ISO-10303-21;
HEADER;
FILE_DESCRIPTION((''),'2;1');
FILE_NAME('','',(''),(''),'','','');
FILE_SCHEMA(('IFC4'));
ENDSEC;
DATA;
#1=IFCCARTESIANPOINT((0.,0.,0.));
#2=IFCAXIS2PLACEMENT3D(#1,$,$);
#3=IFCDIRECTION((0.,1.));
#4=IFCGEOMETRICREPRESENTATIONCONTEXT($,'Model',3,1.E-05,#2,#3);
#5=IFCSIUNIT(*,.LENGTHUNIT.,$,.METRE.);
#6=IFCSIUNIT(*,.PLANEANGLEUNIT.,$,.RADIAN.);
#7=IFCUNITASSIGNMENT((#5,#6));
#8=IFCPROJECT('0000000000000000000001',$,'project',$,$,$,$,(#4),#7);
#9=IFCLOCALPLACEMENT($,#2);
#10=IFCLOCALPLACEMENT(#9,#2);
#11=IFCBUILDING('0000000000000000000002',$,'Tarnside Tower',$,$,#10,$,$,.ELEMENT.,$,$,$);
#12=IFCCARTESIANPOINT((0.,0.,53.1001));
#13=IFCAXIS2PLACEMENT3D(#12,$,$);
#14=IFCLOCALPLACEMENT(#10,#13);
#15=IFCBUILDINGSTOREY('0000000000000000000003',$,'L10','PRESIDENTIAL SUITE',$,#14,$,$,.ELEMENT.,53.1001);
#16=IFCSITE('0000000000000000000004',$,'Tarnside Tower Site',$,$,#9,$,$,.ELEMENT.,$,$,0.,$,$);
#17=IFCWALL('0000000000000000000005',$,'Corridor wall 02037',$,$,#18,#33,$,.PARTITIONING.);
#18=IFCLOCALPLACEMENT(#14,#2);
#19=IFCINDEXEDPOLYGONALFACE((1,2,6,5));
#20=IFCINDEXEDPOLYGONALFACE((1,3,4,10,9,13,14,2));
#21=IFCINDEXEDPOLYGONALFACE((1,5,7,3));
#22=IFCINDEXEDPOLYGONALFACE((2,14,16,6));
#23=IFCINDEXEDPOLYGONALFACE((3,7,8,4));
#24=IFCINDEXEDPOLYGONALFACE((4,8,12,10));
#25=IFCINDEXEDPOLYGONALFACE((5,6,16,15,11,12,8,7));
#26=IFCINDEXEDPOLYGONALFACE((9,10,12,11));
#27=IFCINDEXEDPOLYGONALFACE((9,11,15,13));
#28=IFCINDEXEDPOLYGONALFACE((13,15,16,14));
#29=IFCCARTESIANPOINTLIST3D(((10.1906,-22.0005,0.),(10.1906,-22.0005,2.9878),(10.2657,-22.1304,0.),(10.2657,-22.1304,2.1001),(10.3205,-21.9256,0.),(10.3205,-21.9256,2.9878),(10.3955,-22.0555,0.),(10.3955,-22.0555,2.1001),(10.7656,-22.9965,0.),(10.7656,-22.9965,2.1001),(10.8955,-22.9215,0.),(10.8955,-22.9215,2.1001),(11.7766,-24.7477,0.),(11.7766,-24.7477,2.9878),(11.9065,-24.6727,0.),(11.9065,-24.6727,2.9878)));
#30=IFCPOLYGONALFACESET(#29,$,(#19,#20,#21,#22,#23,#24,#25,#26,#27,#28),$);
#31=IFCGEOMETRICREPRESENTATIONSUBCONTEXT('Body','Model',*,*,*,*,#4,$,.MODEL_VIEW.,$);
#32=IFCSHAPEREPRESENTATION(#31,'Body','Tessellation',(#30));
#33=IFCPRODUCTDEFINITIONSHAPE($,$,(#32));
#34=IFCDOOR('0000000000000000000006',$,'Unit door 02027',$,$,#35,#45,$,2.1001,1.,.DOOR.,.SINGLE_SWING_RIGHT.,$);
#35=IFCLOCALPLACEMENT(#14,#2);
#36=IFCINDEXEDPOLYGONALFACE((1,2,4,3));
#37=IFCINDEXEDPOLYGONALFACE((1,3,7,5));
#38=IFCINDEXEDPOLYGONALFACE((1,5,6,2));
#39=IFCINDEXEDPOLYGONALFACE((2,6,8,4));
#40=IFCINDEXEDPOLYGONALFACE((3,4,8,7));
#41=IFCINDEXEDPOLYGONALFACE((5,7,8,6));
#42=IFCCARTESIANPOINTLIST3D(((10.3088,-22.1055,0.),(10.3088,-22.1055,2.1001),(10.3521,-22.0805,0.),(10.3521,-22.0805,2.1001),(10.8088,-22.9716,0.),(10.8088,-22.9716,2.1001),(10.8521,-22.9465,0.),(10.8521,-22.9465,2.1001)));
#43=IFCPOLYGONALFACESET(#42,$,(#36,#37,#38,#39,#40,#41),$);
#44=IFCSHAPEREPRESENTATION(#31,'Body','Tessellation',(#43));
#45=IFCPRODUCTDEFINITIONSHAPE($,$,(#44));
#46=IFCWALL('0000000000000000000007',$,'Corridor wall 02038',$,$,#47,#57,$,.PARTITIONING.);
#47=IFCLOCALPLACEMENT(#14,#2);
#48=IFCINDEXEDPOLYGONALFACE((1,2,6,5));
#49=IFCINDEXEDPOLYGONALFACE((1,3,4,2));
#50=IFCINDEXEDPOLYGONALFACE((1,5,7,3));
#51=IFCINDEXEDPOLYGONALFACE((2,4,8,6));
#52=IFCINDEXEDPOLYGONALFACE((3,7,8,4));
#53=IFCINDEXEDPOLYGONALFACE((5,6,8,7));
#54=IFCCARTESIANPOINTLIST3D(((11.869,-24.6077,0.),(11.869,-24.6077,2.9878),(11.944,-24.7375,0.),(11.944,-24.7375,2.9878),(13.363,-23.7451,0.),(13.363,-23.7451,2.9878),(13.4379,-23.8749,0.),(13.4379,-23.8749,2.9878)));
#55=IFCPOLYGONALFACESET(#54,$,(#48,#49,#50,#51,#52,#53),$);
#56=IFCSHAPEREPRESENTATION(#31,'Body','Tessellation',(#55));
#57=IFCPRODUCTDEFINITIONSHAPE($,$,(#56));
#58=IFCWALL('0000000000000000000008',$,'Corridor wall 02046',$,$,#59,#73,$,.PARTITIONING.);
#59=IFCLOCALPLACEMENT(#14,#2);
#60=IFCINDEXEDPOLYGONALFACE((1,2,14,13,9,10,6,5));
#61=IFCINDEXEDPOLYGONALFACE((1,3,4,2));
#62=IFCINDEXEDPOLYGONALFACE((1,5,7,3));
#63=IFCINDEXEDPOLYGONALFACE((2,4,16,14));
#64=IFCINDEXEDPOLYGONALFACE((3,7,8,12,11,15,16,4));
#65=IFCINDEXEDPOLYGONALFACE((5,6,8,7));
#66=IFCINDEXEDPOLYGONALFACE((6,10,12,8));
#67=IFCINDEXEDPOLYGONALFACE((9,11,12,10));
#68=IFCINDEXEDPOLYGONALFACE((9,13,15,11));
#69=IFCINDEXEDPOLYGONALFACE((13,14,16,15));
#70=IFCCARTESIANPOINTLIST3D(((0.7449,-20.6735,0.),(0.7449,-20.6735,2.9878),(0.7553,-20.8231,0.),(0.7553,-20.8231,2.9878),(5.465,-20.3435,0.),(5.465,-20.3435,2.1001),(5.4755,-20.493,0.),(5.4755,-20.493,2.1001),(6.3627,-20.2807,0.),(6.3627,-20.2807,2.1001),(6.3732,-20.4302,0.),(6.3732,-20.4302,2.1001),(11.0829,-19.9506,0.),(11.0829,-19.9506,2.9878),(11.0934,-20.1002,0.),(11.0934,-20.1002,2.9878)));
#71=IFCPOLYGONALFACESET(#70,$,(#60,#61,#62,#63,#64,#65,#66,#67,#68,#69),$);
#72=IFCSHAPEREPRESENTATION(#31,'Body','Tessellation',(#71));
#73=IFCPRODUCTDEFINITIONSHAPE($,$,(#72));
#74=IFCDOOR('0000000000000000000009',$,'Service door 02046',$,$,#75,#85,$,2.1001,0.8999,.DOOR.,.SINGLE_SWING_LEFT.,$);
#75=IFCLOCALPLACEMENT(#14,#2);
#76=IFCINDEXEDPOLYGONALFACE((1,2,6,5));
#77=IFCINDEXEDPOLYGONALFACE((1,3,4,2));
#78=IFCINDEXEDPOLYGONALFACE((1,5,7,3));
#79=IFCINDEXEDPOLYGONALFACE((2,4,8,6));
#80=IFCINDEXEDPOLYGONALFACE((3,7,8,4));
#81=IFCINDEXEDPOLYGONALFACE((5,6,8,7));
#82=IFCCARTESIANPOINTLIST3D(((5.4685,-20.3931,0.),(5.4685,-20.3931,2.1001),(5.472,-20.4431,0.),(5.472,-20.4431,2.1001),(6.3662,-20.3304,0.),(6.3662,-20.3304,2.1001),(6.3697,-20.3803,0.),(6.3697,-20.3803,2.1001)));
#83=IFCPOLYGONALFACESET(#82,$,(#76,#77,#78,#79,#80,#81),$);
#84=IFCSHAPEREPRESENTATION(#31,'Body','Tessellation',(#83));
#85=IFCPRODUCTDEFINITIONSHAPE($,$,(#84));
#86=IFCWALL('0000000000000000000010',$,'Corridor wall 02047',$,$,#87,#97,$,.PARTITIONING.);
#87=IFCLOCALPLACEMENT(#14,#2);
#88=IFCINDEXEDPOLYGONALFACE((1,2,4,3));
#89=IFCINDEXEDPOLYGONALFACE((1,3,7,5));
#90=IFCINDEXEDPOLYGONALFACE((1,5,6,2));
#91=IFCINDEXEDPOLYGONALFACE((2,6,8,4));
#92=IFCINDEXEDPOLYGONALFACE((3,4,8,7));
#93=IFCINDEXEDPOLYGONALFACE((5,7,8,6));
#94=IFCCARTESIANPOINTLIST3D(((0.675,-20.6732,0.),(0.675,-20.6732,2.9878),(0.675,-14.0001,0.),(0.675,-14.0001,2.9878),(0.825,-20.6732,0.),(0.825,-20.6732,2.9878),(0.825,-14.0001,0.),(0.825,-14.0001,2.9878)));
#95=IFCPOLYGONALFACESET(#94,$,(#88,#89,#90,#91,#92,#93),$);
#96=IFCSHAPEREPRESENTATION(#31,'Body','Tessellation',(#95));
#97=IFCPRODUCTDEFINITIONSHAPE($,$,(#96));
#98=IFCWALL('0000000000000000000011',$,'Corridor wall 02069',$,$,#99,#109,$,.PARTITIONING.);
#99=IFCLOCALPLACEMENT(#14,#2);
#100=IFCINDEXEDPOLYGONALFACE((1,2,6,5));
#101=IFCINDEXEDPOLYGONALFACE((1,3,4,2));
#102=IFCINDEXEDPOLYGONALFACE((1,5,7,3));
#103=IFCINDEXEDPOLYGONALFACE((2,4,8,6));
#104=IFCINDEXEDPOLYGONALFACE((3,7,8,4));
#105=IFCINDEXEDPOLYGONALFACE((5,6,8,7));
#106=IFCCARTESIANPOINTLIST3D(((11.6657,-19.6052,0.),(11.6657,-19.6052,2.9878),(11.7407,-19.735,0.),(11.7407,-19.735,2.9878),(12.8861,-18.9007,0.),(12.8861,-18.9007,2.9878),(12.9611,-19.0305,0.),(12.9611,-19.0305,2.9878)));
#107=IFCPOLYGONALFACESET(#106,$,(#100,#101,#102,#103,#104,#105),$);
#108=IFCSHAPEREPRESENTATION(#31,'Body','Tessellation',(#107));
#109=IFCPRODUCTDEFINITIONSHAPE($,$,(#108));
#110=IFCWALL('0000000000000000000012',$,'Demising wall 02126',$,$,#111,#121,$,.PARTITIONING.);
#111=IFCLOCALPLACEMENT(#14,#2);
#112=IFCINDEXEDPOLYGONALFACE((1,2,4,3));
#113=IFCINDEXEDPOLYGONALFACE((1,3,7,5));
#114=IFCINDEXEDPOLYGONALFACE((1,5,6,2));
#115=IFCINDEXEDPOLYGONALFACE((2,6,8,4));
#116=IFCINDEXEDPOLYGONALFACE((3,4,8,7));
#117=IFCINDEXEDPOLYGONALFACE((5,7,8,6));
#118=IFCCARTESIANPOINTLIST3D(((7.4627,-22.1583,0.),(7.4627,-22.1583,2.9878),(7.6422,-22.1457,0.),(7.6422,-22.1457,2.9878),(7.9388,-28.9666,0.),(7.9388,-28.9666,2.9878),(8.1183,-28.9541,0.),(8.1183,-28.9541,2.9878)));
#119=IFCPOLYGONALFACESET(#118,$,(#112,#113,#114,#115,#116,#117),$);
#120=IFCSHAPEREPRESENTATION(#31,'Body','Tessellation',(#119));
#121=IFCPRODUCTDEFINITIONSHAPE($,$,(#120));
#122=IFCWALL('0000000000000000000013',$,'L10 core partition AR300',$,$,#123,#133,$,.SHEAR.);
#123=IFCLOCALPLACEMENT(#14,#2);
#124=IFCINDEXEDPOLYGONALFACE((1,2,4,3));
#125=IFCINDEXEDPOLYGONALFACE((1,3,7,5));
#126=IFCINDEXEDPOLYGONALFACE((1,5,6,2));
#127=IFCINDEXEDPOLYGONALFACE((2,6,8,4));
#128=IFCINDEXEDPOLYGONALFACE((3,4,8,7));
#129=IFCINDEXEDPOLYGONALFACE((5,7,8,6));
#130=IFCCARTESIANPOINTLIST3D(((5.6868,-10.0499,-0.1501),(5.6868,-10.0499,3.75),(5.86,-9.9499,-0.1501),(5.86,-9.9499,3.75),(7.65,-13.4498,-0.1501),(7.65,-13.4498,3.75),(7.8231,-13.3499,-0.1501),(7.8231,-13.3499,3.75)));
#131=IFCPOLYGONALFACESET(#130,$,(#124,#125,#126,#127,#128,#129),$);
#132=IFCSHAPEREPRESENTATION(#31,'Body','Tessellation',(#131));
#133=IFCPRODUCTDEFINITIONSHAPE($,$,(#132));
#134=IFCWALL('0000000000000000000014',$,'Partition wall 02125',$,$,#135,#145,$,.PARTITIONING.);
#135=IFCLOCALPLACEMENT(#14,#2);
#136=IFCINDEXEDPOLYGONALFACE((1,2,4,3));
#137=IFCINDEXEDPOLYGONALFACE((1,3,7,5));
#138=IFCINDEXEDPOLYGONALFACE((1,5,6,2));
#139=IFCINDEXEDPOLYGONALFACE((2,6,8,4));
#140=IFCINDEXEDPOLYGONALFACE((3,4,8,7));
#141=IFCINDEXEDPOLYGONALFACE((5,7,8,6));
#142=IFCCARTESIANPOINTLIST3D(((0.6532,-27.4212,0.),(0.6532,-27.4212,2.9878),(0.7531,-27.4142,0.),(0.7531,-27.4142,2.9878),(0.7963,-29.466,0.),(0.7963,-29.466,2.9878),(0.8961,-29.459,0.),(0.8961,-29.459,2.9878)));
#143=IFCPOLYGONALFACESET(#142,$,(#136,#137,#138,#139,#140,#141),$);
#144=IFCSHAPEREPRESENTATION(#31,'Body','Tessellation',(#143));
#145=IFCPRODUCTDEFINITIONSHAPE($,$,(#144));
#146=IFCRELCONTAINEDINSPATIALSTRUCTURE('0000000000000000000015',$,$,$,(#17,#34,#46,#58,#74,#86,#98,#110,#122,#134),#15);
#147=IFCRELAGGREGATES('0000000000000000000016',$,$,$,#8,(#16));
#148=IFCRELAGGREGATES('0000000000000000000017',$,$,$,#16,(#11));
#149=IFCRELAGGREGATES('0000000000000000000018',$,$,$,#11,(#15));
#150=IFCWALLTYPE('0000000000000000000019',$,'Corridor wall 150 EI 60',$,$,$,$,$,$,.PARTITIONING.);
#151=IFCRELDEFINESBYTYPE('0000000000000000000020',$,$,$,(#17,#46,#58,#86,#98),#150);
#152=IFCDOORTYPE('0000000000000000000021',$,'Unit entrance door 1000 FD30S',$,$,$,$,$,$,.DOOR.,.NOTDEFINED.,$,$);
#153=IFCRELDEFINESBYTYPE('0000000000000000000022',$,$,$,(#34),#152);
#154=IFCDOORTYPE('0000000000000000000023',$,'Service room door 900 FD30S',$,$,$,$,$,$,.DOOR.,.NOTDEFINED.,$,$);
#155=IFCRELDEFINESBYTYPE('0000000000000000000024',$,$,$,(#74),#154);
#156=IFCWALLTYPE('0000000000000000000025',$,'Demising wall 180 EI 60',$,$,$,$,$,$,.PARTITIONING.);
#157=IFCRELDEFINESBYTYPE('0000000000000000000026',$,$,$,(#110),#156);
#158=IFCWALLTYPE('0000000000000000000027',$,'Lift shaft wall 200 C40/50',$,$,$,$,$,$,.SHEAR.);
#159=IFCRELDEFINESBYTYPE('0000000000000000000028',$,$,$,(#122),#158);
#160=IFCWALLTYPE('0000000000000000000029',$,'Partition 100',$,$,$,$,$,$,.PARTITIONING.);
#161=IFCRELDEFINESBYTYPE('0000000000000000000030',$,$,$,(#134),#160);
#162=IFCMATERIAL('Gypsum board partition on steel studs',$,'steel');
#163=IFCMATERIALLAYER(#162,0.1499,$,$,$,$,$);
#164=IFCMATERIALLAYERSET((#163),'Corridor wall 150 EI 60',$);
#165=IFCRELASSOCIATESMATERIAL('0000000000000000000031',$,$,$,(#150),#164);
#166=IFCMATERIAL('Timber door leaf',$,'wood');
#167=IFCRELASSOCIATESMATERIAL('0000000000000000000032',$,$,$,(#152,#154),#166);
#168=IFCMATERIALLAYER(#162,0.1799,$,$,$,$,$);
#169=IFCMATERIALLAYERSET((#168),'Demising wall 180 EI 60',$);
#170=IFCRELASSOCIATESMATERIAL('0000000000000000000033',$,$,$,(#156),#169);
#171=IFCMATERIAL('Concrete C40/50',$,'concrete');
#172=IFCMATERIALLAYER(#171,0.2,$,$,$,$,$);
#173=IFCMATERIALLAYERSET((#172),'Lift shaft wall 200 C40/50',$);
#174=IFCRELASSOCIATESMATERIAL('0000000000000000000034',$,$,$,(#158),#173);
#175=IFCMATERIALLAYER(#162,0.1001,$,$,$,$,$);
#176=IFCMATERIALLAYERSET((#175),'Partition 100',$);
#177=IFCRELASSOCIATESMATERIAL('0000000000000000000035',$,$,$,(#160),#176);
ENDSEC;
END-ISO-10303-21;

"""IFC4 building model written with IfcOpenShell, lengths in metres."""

from ifc_helpers import new_model, si_unit, direction, frame, frame_2d, origin, place, context, subcontext, project, spatial, rectangle, extrude, material, layer, layer_set, type_object, element, fill, save


model = new_model("IFC4")

# Units and contexts
model_context = context("Model", 3, precision=1e-05, world=origin(), true_north=direction((0.0, 1.0)))
body_context = subcontext(model_context, "Body", "Model", "MODEL_VIEW")
ifc_project = project(units=[si_unit("LENGTHUNIT", "METRE"), si_unit("PLANEANGLEUNIT", "RADIAN")], contexts=[model_context])

# Site, building, storey
site_placement = place(None, origin())
site = spatial("IfcSite", under=ifc_project, at=site_placement, Name="Tarnside Tower Site", CompositionType="ELEMENT", RefElevation=0.0)
building_placement = place(site_placement, origin())
building = spatial("IfcBuilding", under=site, at=building_placement, Name="Tarnside Tower", CompositionType="ELEMENT")
storey_placement = place(building_placement, frame((0.0, 0.0, 53.1001)))
storey = spatial("IfcBuildingStorey", under=building, at=storey_placement, Name="L10", Description="PRESIDENTIAL SUITE", CompositionType="ELEMENT", Elevation=53.1001)

# Shared definitions
ifc_material_1 = material(Name="Gypsum board partition on steel studs", Category="steel")

# Wall, opening, door
ifc_material_2 = material(Name="Timber door leaf", Category="wood")
ifc_layer_1 = layer(ifc_material_1, 0.1499)
ifc_layer_set_1 = layer_set([ifc_layer_1], Name="Corridor wall 150 EI 60")
wall_type_1 = type_object("IfcWallType", Name="Corridor wall 150 EI 60", PredefinedType="PARTITIONING", material=ifc_layer_set_1)
wall_1_placement = place(storey_placement, frame((10.2556, -21.9631, 0.0), z_axis=(0.0, 0.0, 1.0), x_axis=(0.49998, -0.866037, 0.0)))
wall_1 = element("IfcWall", 1, at=wall_1_placement, inside=storey, type_object=wall_type_1, Name="Corridor wall 02037", PredefinedType="PARTITIONING", context=body_context, shape_type="SweptSolid", body=[
    extrude(rectangle(XDim=3.1721, YDim=0.1499, at=frame_2d((1.5859, 0.0))), origin(), (0.0, 0.0, 1.0), 2.9878),
])
opening_1_placement = place(wall_1_placement, frame((0.1499, 0.0, 0.0)))
opening_1 = element("IfcOpeningElement", 2, at=opening_1_placement, cuts=wall_1, PredefinedType="OPENING", context=body_context, shape_type="SweptSolid", body=[
    extrude(rectangle(XDim=1.0, YDim=2.1001, at=frame_2d((0.5, 1.05))), frame((0.0, 0.085, 0.0), z_axis=(0.0, -1.0, 0.0), x_axis=(1.0, 0.0, 0.0)), (0.0, 0.0, 1.0), 0.1699),
])
door_type_1 = type_object("IfcDoorType", Name="Unit entrance door 1000 FD30S", OperationType="NOTDEFINED", PredefinedType="DOOR", material=ifc_material_2)
door_1_placement = place(opening_1_placement, origin())
door_1 = element("IfcDoor", 3, at=door_1_placement, inside=storey, type_object=door_type_1, Name="Unit door 02027", OperationType="SINGLE_SWING_RIGHT", OverallHeight=2.1001, OverallWidth=1.0, PredefinedType="DOOR", context=body_context, shape_type="SweptSolid", body=[
    extrude(rectangle(XDim=1.0, YDim=2.1001, at=frame_2d((0.5, 1.05))), frame((0.0, 0.0249, 0.0), z_axis=(0.0, -1.0, 0.0), x_axis=(1.0, 0.0, 0.0)), (0.0, 0.0, 1.0), 0.05),
])
fill(opening_1, door_1)

# Wall
wall_2_placement = place(storey_placement, frame((11.9065, -24.6726, 0.0), z_axis=(0.0, 0.0, 1.0), x_axis=(0.866014, 0.500021, 0.0)))
element("IfcWall", 4, at=wall_2_placement, inside=storey, type_object=wall_type_1, Name="Corridor wall 02038", PredefinedType="PARTITIONING", context=body_context, shape_type="SweptSolid", body=[
    extrude(rectangle(XDim=1.7251, YDim=0.1499, at=frame_2d((0.8625, 0.0))), origin(), (0.0, 0.0, 1.0), 2.9878),
])

# Wall, opening, door
wall_3_placement = place(storey_placement, frame((11.0881, -20.0254, 0.0), z_axis=(0.0, 0.0, 1.0), x_axis=(-0.997564, -0.069755, 0.0)))
wall_3 = element("IfcWall", 5, at=wall_3_placement, inside=storey, type_object=wall_type_1, Name="Corridor wall 02046", PredefinedType="PARTITIONING", context=body_context, shape_type="SweptSolid", body=[
    extrude(rectangle(XDim=10.3633, YDim=0.1499, at=frame_2d((5.1816, 0.0))), origin(), (0.0, 0.0, 1.0), 2.9878),
])
opening_2_placement = place(wall_3_placement, frame((4.7317, 0.0, 0.0)))
opening_2 = element("IfcOpeningElement", 6, at=opening_2_placement, cuts=wall_3, PredefinedType="OPENING", context=body_context, shape_type="SweptSolid", body=[
    extrude(rectangle(XDim=0.8999, YDim=2.1001, at=frame_2d((0.45, 1.05))), frame((0.0, 0.085, 0.0), z_axis=(0.0, -1.0, 0.0), x_axis=(1.0, 0.0, 0.0)), (0.0, 0.0, 1.0), 0.1699),
])
door_type_2 = type_object("IfcDoorType", Name="Service room door 900 FD30S", OperationType="NOTDEFINED", PredefinedType="DOOR", material=ifc_material_2)
door_2_placement = place(opening_2_placement, origin())
door_2 = element("IfcDoor", 7, at=door_2_placement, inside=storey, type_object=door_type_2, Name="Service door 02046", OperationType="SINGLE_SWING_LEFT", OverallHeight=2.1001, OverallWidth=0.8999, PredefinedType="DOOR", context=body_context, shape_type="SweptSolid", body=[
    extrude(rectangle(XDim=0.8999, YDim=2.1001, at=frame_2d((0.45, 1.05))), frame((0.0, 0.0249, 0.0), z_axis=(0.0, -1.0, 0.0), x_axis=(1.0, 0.0, 0.0)), (0.0, 0.0, 1.0), 0.05),
])
fill(opening_2, door_2)

# Walls
wall_4_placement = place(storey_placement, frame((0.75, -20.6731, 0.0), z_axis=(0.0, 0.0, 1.0), x_axis=(0.0, 1.0, 0.0)))
element("IfcWall", 8, at=wall_4_placement, inside=storey, type_object=wall_type_1, Name="Corridor wall 02047", PredefinedType="PARTITIONING", context=body_context, shape_type="SweptSolid", body=[
    extrude(rectangle(XDim=6.6731, YDim=0.1499, at=frame_2d((3.3364, 0.0))), origin(), (0.0, 0.0, 1.0), 2.9878),
])
wall_5_placement = place(storey_placement, frame((12.9236, -18.9656, 0.0), z_axis=(0.0, 0.0, 1.0), x_axis=(-0.866038, -0.499977, 0.0)))
element("IfcWall", 9, at=wall_5_placement, inside=storey, type_object=wall_type_1, Name="Corridor wall 02069", PredefinedType="PARTITIONING", context=body_context, shape_type="SweptSolid", body=[
    extrude(rectangle(XDim=1.4092, YDim=0.1499, at=frame_2d((0.7046, 0.0))), origin(), (0.0, 0.0, 1.0), 2.9878),
])
ifc_layer_2 = layer(ifc_material_1, 0.1799)
ifc_layer_set_2 = layer_set([ifc_layer_2], Name="Demising wall 180 EI 60")
wall_type_2 = type_object("IfcWallType", Name="Demising wall 180 EI 60", PredefinedType="PARTITIONING", material=ifc_layer_set_2)
wall_6_placement = place(storey_placement, frame((8.0286, -28.9604, 0.0), z_axis=(0.0, 0.0, 1.0), x_axis=(-0.069755, 0.997564, 0.0)))
element("IfcWall", 10, at=wall_6_placement, inside=storey, type_object=wall_type_2, Name="Demising wall 02126", PredefinedType="PARTITIONING", context=body_context, shape_type="SweptSolid", body=[
    extrude(rectangle(XDim=6.825, YDim=0.1799, at=frame_2d((3.4126, 0.0))), origin(), (0.0, 0.0, 1.0), 2.9878),
])
ifc_material_3 = material(Name="Concrete C40/50", Category="concrete")
ifc_layer_3 = layer(ifc_material_3, 0.2)
ifc_layer_set_3 = layer_set([ifc_layer_3], Name="Lift shaft wall 200 C40/50")
wall_type_3 = type_object("IfcWallType", Name="Lift shaft wall 200 C40/50", PredefinedType="SHEAR", material=ifc_layer_set_3)
wall_7_placement = place(storey_placement, frame((5.7734, -10.0, -0.1501), z_axis=(0.0, 0.0, 1.0), x_axis=(0.500038, -0.866003, 0.0)))
element("IfcWall", 11, at=wall_7_placement, inside=storey, type_object=wall_type_3, Name="L10 core partition AR300", PredefinedType="SHEAR", context=body_context, shape_type="SweptSolid", body=[
    extrude(rectangle(XDim=3.926, YDim=0.2, at=frame_2d((1.9629, 0.0))), origin(), (0.0, 0.0, 1.0), 3.9001),
])
ifc_layer_4 = layer(ifc_material_1, 0.1001)
ifc_layer_set_4 = layer_set([ifc_layer_4], Name="Partition 100")
wall_type_4 = type_object("IfcWallType", Name="Partition 100", PredefinedType="PARTITIONING", material=ifc_layer_set_4)
wall_8_placement = place(storey_placement, frame((0.7031, -27.4177, 0.0), z_axis=(0.0, 0.0, 1.0), x_axis=(0.069791, -0.997562, 0.0)))
element("IfcWall", 12, at=wall_8_placement, inside=storey, type_object=wall_type_4, Name="Partition wall 02125", PredefinedType="PARTITIONING", context=body_context, shape_type="SweptSolid", body=[
    extrude(rectangle(XDim=2.0498, YDim=0.1001, at=frame_2d((1.0249, 0.0))), origin(), (0.0, 0.0, 1.0), 2.9878),
])

save(model, "model.ifc")
